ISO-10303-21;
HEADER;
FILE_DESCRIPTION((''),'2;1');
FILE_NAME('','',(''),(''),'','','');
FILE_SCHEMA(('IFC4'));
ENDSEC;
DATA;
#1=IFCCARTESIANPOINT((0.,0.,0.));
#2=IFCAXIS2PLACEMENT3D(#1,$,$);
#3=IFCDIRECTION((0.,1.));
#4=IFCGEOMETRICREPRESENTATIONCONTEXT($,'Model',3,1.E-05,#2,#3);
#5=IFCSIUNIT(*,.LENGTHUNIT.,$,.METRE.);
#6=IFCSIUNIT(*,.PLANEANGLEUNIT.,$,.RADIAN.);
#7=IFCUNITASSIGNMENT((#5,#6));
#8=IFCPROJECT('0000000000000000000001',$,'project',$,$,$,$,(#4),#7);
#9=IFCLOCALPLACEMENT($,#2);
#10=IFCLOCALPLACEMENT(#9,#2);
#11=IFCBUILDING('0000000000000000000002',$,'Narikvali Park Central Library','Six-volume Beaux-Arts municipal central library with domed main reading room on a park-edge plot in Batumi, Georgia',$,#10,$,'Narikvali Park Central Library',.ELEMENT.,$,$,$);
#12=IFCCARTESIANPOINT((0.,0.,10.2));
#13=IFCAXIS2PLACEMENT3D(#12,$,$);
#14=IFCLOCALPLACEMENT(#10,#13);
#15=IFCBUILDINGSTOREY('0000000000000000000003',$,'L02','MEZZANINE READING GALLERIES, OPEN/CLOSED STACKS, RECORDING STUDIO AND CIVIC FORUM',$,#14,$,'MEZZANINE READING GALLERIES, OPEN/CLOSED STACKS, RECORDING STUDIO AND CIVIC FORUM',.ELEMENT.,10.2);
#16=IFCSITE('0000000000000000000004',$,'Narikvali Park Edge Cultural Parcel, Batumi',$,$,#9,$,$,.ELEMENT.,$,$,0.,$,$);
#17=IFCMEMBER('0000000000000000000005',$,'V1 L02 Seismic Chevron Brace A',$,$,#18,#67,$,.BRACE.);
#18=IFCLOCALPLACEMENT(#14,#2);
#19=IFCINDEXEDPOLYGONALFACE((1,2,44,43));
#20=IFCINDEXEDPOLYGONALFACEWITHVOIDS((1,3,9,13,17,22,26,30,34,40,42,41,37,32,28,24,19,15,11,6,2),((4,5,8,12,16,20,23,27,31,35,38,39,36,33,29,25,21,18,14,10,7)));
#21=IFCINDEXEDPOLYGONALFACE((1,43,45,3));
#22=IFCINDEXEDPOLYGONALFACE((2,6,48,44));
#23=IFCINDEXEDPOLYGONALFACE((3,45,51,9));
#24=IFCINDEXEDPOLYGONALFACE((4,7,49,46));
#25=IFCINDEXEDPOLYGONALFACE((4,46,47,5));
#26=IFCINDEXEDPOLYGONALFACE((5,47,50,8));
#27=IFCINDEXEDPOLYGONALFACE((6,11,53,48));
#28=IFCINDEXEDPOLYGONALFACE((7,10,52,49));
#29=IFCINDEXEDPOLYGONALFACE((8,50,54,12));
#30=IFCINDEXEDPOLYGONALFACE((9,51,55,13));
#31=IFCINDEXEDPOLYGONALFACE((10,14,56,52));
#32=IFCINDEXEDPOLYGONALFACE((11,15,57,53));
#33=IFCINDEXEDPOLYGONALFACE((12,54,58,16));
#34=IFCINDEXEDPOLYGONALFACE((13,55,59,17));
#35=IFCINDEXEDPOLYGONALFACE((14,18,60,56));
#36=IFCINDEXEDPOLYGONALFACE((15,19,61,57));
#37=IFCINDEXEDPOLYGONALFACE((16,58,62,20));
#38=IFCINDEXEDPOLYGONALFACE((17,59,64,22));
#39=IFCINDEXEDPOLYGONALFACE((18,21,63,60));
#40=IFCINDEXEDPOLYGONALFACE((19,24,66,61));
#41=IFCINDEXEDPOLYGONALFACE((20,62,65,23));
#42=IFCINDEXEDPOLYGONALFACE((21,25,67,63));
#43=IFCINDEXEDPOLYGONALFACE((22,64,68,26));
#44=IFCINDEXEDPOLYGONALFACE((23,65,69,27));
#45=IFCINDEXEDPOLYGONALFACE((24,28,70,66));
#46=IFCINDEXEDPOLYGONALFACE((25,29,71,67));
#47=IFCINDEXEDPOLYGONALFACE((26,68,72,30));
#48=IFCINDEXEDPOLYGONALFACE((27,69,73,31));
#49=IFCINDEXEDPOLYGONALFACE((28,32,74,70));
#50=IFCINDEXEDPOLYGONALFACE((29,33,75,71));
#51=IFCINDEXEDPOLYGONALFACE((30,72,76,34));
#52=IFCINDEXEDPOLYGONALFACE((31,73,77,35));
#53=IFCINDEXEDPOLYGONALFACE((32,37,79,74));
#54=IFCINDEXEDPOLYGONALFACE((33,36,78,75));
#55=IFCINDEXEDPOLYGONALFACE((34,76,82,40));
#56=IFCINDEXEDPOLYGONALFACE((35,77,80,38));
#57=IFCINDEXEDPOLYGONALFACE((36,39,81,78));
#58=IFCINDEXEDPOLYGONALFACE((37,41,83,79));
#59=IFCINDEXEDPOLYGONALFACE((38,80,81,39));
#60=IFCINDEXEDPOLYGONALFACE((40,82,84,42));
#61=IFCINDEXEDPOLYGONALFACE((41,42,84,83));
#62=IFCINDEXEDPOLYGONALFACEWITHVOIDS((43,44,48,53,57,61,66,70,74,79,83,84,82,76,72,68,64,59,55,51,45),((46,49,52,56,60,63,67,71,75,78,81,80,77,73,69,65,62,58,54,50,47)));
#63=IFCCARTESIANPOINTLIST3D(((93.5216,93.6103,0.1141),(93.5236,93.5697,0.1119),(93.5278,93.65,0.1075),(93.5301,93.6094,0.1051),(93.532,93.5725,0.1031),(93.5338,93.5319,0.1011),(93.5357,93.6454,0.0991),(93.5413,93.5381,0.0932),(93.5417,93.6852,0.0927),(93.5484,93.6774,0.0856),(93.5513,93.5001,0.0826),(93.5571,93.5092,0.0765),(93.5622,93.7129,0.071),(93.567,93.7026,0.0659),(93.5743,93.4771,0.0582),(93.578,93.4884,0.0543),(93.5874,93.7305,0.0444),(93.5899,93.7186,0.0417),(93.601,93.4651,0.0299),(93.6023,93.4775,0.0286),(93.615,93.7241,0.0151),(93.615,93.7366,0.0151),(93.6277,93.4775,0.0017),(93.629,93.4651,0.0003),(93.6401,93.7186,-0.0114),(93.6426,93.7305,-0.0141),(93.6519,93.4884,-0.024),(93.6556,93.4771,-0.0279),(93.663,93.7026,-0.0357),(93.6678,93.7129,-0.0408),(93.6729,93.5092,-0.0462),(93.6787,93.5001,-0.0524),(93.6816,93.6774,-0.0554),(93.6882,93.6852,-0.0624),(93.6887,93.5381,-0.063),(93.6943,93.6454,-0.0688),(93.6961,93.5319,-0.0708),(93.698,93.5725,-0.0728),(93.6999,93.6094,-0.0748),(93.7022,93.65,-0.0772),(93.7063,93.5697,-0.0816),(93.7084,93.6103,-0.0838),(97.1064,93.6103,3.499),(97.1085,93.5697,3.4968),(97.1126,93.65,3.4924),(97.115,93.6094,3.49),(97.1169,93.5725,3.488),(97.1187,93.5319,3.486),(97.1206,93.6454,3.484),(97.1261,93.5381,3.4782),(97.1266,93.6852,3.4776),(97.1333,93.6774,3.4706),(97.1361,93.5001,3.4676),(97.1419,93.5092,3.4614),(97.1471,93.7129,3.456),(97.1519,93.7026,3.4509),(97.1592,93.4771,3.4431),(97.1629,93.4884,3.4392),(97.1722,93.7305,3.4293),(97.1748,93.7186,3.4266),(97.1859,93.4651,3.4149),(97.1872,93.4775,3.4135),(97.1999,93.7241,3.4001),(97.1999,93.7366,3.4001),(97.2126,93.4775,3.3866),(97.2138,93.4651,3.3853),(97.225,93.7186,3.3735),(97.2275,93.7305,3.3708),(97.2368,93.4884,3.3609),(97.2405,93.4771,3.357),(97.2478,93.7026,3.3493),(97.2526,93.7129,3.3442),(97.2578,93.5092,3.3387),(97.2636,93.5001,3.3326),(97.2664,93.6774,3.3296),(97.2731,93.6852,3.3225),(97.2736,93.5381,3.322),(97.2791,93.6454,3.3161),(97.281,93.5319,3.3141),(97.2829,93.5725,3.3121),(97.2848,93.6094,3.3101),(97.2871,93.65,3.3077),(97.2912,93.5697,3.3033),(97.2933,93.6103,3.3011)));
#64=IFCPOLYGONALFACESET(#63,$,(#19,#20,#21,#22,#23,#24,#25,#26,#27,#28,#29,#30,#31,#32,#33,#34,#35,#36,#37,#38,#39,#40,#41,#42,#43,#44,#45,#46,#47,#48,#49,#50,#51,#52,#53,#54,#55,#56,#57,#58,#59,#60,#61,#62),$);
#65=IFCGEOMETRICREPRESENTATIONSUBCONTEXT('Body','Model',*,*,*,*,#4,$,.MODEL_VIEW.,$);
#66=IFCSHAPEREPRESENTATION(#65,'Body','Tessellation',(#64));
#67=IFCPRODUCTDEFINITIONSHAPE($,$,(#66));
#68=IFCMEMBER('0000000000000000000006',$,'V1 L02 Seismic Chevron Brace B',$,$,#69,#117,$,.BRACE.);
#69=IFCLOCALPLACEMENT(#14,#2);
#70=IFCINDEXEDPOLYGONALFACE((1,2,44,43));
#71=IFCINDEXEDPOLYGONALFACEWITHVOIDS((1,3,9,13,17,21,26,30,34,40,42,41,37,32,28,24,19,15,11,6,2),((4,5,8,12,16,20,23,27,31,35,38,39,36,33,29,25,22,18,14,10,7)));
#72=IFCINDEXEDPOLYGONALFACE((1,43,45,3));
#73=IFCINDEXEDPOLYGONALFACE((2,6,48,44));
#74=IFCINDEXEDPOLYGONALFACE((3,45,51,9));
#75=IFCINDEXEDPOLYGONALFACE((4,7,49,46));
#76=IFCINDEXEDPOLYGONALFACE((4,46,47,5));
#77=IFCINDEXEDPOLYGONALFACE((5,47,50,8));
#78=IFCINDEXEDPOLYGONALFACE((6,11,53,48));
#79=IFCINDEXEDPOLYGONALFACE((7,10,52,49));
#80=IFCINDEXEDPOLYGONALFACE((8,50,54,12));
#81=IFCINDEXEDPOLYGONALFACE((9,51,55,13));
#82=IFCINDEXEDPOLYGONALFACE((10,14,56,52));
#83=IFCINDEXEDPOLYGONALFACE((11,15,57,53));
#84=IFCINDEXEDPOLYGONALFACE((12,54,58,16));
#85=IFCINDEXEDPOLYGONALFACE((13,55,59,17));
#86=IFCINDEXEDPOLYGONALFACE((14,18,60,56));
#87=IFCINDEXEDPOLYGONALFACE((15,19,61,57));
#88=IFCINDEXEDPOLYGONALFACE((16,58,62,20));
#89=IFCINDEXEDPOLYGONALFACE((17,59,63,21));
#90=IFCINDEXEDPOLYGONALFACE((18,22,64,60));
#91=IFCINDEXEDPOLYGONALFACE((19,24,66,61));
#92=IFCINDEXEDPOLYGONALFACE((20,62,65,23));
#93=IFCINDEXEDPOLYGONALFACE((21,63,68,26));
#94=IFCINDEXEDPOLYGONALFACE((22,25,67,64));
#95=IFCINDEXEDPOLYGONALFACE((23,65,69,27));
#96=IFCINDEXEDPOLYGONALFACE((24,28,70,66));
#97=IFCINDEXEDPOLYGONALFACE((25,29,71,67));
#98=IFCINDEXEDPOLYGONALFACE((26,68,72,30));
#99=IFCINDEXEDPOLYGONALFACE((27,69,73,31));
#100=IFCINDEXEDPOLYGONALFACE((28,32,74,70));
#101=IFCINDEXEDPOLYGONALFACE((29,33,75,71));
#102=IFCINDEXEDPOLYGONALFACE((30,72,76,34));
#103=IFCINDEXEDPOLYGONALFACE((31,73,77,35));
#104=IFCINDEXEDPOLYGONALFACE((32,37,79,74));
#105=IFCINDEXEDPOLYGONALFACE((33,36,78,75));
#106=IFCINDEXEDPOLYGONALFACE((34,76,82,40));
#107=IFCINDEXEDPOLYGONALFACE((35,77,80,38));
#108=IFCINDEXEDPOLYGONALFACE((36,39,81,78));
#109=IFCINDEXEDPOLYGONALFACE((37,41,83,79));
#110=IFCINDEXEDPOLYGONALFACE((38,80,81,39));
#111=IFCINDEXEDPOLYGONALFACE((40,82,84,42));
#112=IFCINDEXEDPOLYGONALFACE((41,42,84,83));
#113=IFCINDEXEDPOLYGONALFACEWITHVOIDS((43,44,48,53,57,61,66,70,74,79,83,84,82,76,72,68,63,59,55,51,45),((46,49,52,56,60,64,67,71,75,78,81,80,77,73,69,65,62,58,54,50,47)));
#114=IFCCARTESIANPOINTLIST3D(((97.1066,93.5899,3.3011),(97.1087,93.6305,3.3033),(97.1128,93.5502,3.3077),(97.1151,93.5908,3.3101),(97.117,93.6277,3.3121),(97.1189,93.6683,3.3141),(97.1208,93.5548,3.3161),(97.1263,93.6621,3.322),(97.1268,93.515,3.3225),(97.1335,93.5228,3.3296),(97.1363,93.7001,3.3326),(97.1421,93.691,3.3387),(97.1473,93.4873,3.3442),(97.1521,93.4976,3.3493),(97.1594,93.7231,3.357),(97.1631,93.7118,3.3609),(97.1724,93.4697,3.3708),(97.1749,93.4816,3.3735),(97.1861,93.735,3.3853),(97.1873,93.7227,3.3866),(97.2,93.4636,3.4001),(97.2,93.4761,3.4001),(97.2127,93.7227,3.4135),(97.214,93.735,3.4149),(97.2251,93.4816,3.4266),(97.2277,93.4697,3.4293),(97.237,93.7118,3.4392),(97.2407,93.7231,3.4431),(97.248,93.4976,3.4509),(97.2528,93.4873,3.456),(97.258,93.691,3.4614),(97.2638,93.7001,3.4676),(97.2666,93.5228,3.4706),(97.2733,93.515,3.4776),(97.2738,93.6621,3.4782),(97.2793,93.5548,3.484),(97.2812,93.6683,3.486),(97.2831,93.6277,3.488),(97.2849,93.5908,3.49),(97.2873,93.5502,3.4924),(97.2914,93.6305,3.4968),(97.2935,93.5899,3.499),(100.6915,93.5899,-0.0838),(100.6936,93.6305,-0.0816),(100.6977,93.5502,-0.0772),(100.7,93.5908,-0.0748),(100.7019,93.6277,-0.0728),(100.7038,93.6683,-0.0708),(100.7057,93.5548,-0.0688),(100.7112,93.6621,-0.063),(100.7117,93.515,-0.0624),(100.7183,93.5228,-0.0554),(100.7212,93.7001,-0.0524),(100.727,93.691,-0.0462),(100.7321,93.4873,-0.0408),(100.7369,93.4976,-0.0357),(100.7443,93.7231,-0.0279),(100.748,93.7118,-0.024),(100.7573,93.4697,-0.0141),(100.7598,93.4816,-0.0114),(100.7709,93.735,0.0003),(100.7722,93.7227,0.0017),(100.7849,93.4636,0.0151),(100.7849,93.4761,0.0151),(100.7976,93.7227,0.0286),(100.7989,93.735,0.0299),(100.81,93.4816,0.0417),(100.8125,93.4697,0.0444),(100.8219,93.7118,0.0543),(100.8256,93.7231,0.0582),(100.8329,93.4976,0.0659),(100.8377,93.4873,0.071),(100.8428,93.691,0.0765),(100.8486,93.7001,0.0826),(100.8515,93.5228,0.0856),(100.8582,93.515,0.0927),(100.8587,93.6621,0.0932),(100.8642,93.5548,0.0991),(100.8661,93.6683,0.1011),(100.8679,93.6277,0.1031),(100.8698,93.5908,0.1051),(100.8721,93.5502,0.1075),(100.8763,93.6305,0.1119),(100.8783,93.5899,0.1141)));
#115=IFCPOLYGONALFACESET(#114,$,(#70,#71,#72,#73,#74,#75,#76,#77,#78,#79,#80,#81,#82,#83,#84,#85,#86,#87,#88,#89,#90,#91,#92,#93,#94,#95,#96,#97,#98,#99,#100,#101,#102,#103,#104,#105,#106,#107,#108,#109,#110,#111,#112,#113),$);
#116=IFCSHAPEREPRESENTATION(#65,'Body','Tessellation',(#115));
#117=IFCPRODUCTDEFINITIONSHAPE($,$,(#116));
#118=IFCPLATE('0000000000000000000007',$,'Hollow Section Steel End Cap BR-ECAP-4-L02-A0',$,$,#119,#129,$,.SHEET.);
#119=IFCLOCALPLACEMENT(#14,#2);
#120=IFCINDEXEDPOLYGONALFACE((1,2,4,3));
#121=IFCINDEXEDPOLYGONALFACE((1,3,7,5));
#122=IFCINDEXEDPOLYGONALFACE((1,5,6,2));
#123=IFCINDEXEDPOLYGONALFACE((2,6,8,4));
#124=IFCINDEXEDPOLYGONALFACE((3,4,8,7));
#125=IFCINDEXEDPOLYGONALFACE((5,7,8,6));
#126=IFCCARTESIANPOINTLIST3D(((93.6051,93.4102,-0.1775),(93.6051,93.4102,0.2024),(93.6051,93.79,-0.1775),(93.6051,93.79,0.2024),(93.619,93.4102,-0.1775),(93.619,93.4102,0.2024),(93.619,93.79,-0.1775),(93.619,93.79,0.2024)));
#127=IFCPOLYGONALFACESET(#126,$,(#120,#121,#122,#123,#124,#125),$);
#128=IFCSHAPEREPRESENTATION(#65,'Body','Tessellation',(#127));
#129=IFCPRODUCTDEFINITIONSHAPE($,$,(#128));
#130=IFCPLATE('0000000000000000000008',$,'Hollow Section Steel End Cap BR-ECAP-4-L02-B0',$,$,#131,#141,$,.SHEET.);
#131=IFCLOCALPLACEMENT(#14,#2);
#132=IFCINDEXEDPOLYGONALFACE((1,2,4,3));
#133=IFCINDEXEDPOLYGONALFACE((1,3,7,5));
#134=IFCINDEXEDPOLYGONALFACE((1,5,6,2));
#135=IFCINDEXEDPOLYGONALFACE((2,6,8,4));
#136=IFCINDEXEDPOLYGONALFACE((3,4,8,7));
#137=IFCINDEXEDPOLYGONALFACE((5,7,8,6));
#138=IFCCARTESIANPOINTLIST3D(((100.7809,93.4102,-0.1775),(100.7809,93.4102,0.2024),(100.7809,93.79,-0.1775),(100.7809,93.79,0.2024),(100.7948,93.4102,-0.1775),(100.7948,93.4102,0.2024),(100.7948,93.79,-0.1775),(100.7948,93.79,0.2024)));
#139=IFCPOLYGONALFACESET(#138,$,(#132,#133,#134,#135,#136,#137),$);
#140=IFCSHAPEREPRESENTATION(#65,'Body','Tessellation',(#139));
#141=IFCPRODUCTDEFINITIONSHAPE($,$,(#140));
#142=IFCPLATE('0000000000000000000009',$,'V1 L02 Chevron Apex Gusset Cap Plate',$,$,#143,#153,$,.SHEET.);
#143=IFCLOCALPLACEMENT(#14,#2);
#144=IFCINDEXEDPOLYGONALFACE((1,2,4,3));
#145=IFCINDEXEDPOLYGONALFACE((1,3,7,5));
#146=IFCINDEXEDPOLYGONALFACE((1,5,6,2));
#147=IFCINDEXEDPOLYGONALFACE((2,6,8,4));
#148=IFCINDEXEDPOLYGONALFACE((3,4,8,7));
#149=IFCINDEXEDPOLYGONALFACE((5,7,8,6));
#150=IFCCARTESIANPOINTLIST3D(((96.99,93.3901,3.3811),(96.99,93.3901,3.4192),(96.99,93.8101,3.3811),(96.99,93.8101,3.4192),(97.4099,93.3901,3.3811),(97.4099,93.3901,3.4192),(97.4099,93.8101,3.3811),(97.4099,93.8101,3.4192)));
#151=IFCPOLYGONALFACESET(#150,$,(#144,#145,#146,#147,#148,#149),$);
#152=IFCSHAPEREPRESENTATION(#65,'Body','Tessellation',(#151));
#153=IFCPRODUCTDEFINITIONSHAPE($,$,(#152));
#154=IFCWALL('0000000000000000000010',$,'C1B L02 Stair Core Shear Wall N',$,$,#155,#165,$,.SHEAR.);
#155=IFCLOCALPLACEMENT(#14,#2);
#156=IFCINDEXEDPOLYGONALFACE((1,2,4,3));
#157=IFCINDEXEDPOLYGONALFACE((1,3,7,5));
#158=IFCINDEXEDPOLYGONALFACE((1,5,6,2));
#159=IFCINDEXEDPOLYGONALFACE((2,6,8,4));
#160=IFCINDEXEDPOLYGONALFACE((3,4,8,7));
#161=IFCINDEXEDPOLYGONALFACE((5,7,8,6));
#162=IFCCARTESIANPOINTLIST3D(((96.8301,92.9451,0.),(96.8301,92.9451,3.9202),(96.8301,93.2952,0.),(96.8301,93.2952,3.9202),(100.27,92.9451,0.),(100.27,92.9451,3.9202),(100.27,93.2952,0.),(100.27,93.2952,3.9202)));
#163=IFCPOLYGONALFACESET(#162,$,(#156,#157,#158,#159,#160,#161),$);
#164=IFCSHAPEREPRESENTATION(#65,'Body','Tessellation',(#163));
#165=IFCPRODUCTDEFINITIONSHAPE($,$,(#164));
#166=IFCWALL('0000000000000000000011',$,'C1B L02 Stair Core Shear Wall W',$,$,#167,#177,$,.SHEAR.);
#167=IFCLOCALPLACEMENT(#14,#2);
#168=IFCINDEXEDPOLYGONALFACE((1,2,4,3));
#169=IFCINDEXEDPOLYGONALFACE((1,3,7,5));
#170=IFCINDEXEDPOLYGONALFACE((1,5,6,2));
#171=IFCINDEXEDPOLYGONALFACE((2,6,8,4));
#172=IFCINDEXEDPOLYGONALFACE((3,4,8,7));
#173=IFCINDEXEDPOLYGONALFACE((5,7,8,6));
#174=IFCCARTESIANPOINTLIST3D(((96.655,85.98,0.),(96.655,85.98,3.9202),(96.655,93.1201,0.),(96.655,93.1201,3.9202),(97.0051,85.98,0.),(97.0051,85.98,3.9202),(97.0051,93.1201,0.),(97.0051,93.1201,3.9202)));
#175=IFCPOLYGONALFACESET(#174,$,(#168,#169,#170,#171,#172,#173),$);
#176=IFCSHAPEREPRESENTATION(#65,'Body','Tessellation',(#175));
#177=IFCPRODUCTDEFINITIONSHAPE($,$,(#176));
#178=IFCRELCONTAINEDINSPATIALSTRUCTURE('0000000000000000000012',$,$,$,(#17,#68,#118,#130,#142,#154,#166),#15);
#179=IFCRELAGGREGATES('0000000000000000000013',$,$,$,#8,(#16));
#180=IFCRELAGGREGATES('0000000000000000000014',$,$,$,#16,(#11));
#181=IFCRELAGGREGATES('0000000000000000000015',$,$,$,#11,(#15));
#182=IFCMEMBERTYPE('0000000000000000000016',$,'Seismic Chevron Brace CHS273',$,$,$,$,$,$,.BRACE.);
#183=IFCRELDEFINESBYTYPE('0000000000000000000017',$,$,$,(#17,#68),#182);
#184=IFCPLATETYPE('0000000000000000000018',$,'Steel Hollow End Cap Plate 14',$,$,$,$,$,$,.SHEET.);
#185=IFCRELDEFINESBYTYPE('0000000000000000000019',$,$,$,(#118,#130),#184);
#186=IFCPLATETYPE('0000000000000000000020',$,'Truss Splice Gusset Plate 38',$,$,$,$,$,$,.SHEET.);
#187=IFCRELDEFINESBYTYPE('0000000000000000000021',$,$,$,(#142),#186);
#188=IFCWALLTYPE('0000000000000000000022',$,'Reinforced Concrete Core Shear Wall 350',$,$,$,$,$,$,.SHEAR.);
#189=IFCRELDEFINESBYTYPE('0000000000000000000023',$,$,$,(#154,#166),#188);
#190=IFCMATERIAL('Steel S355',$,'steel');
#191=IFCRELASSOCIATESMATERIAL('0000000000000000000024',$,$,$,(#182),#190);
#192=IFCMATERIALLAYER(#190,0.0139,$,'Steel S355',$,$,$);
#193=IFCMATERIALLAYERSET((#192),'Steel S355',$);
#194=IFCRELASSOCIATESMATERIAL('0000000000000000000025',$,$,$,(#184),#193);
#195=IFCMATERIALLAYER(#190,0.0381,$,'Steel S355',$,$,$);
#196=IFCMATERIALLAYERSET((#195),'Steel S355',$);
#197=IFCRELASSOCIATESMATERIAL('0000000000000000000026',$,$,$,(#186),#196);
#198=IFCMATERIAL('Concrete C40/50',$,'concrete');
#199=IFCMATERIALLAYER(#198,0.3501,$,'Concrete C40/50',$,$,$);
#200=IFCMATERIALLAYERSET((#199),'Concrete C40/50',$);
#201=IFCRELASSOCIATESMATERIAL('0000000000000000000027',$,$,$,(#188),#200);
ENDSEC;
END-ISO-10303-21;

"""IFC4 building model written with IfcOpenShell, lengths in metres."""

from ifc_helpers import new_model, si_unit, direction, frame, frame_2d, origin, origin_2d, place, context, subcontext, project, spatial, rectangle, hollow_circle, extrude, material, layer, layer_set, material_profile, profile_set, type_object, element, save


model = new_model("IFC4")

# Units and contexts
model_context = context("Model", 3, precision=1e-05, world=origin(), true_north=direction((0.0, 1.0)))
body_context = subcontext(model_context, "Body", "Model", "MODEL_VIEW")
ifc_project = project(units=[si_unit("LENGTHUNIT", "METRE"), si_unit("PLANEANGLEUNIT", "RADIAN")], contexts=[model_context])

# Site, building, storey
site_placement = place(None, origin())
site = spatial("IfcSite", under=ifc_project, at=site_placement, Name="Narikvali Park Edge Cultural Parcel, Batumi", CompositionType="ELEMENT", RefElevation=0.0)
building_placement = place(site_placement, origin())
building = spatial("IfcBuilding", under=site, at=building_placement, Name="Narikvali Park Central Library", Description="Six-volume Beaux-Arts municipal central library with domed main reading room on a park-edge plot in Batumi, Georgia", LongName="Narikvali Park Central Library", CompositionType="ELEMENT")
storey_placement = place(building_placement, frame((0.0, 0.0, 10.2)))
storey = spatial("IfcBuildingStorey", under=building, at=storey_placement, Name="L02", Description="MEZZANINE READING GALLERIES, OPEN/CLOSED STACKS, RECORDING STUDIO AND CIVIC FORUM", LongName="MEZZANINE READING GALLERIES, OPEN/CLOSED STACKS, RECORDING STUDIO AND CIVIC FORUM", CompositionType="ELEMENT", Elevation=10.2)

# Shared definitions
ifc_material_1 = material(Name="Steel S355", Category="steel")

# Members
ifc_material_profile_1 = material_profile(ifc_material_1, hollow_circle(Radius=0.1365, WallThickness=0.0125, at=origin_2d()), Name="CHS 273x12.5")
ifc_profile_set_1 = profile_set([ifc_material_profile_1], Name="Steel S355")
member_type = type_object("IfcMemberType", Name="Seismic Chevron Brace CHS273", PredefinedType="BRACE", material=ifc_profile_set_1)
for number, where, z_axis, x_axis, name in (
    (1, (93.615, 93.6001, 0.0151), (0.727093, 0.0, 0.686539), (0.0, 1.0, 0.0), "V1 L02 Seismic Chevron Brace A"),
    (2, (100.7849, 93.6001, 0.0151), (-0.727093, 0.0, 0.686539), (0.0, -1.0, 0.0), "V1 L02 Seismic Chevron Brace B"),
):
    element("IfcMember", number, at=place(storey_placement, frame(where, z_axis=z_axis, x_axis=x_axis)), inside=storey, type_object=member_type, Name=name, PredefinedType="BRACE", context=body_context, shape_type="SweptSolid", body=[
        extrude(hollow_circle(Radius=0.1365, WallThickness=0.0125, at=origin_2d()), origin(), (0.0, 0.0, 1.0), 4.9304),
    ])

# Plates
ifc_layer_1 = layer(ifc_material_1, 0.0139, Name="Steel S355")
ifc_layer_set_1 = layer_set([ifc_layer_1], Name="Steel S355")
plate_type_1 = type_object("IfcPlateType", Name="Steel Hollow End Cap Plate 14", PredefinedType="SHEET", material=ifc_layer_set_1)
for number, where, z_axis, x_axis, name in (
    (3, (93.6121, 93.6001, -0.1775), (0.0, 0.0, 1.0), (-1.0, 0.0, 0.0), "Hollow Section Steel End Cap BR-ECAP-4-L02-A0"),
    (4, (100.7878, 93.6001, -0.1775), (0.0, 0.0, 1.0), (1.0, 0.0, 0.0), "Hollow Section Steel End Cap BR-ECAP-4-L02-B0"),
):
    element("IfcPlate", number, at=place(storey_placement, frame(where, z_axis=z_axis, x_axis=x_axis)), inside=storey, type_object=plate_type_1, Name=name, PredefinedType="SHEET", context=body_context, shape_type="SweptSolid", body=[
        extrude(rectangle(XDim=0.0139, YDim=0.3799, at=origin_2d()), origin(), (0.0, 0.0, 1.0), 0.3799),
    ])
ifc_layer_2 = layer(ifc_material_1, 0.0381, Name="Steel S355")
ifc_layer_set_2 = layer_set([ifc_layer_2], Name="Steel S355")
plate_type_2 = type_object("IfcPlateType", Name="Truss Splice Gusset Plate 38", PredefinedType="SHEET", material=ifc_layer_set_2)
plate_placement = place(storey_placement, frame((97.2, 93.6001, 3.3811), z_axis=(0.0, 0.0, 1.0), x_axis=(1.0, 0.0, 0.0)))
element("IfcPlate", 5, at=plate_placement, inside=storey, type_object=plate_type_2, Name="V1 L02 Chevron Apex Gusset Cap Plate", PredefinedType="SHEET", context=body_context, shape_type="SweptSolid", body=[
    extrude(rectangle(XDim=0.4199, YDim=0.4199, at=origin_2d()), origin(), (0.0, 0.0, 1.0), 0.0381),
])

# Walls
ifc_material_2 = material(Name="Concrete C40/50", Category="concrete")
ifc_layer_3 = layer(ifc_material_2, 0.3501, Name="Concrete C40/50")
ifc_layer_set_3 = layer_set([ifc_layer_3], Name="Concrete C40/50")
wall_type_1 = type_object("IfcWallType", Name="Reinforced Concrete Core Shear Wall 350", PredefinedType="SHEAR", material=ifc_layer_set_3)
wall_1_placement = place(storey_placement, frame((100.27, 93.1201, 0.0), z_axis=(0.0, 0.0, 1.0), x_axis=(-1.0, 0.0, 0.0)))
element("IfcWall", 6, at=wall_1_placement, inside=storey, type_object=wall_type_1, Name="C1B L02 Stair Core Shear Wall N", PredefinedType="SHEAR", context=body_context, shape_type="SweptSolid", body=[
    extrude(rectangle(XDim=3.4399, YDim=0.3501, at=frame_2d((1.72, 0.0))), origin(), (0.0, 0.0, 1.0), 3.9202),
])
wall_2_placement = place(storey_placement, frame((96.8301, 93.1201, 0.0), z_axis=(0.0, 0.0, 1.0), x_axis=(0.0, -1.0, 0.0)))
element("IfcWall", 7, at=wall_2_placement, inside=storey, type_object=wall_type_1, Name="C1B L02 Stair Core Shear Wall W", PredefinedType="SHEAR", context=body_context, shape_type="SweptSolid", body=[
    extrude(rectangle(XDim=7.1401, YDim=0.3501, at=frame_2d((3.5701, 0.0))), origin(), (0.0, 0.0, 1.0), 3.9202),
])

save(model, "model.ifc")
